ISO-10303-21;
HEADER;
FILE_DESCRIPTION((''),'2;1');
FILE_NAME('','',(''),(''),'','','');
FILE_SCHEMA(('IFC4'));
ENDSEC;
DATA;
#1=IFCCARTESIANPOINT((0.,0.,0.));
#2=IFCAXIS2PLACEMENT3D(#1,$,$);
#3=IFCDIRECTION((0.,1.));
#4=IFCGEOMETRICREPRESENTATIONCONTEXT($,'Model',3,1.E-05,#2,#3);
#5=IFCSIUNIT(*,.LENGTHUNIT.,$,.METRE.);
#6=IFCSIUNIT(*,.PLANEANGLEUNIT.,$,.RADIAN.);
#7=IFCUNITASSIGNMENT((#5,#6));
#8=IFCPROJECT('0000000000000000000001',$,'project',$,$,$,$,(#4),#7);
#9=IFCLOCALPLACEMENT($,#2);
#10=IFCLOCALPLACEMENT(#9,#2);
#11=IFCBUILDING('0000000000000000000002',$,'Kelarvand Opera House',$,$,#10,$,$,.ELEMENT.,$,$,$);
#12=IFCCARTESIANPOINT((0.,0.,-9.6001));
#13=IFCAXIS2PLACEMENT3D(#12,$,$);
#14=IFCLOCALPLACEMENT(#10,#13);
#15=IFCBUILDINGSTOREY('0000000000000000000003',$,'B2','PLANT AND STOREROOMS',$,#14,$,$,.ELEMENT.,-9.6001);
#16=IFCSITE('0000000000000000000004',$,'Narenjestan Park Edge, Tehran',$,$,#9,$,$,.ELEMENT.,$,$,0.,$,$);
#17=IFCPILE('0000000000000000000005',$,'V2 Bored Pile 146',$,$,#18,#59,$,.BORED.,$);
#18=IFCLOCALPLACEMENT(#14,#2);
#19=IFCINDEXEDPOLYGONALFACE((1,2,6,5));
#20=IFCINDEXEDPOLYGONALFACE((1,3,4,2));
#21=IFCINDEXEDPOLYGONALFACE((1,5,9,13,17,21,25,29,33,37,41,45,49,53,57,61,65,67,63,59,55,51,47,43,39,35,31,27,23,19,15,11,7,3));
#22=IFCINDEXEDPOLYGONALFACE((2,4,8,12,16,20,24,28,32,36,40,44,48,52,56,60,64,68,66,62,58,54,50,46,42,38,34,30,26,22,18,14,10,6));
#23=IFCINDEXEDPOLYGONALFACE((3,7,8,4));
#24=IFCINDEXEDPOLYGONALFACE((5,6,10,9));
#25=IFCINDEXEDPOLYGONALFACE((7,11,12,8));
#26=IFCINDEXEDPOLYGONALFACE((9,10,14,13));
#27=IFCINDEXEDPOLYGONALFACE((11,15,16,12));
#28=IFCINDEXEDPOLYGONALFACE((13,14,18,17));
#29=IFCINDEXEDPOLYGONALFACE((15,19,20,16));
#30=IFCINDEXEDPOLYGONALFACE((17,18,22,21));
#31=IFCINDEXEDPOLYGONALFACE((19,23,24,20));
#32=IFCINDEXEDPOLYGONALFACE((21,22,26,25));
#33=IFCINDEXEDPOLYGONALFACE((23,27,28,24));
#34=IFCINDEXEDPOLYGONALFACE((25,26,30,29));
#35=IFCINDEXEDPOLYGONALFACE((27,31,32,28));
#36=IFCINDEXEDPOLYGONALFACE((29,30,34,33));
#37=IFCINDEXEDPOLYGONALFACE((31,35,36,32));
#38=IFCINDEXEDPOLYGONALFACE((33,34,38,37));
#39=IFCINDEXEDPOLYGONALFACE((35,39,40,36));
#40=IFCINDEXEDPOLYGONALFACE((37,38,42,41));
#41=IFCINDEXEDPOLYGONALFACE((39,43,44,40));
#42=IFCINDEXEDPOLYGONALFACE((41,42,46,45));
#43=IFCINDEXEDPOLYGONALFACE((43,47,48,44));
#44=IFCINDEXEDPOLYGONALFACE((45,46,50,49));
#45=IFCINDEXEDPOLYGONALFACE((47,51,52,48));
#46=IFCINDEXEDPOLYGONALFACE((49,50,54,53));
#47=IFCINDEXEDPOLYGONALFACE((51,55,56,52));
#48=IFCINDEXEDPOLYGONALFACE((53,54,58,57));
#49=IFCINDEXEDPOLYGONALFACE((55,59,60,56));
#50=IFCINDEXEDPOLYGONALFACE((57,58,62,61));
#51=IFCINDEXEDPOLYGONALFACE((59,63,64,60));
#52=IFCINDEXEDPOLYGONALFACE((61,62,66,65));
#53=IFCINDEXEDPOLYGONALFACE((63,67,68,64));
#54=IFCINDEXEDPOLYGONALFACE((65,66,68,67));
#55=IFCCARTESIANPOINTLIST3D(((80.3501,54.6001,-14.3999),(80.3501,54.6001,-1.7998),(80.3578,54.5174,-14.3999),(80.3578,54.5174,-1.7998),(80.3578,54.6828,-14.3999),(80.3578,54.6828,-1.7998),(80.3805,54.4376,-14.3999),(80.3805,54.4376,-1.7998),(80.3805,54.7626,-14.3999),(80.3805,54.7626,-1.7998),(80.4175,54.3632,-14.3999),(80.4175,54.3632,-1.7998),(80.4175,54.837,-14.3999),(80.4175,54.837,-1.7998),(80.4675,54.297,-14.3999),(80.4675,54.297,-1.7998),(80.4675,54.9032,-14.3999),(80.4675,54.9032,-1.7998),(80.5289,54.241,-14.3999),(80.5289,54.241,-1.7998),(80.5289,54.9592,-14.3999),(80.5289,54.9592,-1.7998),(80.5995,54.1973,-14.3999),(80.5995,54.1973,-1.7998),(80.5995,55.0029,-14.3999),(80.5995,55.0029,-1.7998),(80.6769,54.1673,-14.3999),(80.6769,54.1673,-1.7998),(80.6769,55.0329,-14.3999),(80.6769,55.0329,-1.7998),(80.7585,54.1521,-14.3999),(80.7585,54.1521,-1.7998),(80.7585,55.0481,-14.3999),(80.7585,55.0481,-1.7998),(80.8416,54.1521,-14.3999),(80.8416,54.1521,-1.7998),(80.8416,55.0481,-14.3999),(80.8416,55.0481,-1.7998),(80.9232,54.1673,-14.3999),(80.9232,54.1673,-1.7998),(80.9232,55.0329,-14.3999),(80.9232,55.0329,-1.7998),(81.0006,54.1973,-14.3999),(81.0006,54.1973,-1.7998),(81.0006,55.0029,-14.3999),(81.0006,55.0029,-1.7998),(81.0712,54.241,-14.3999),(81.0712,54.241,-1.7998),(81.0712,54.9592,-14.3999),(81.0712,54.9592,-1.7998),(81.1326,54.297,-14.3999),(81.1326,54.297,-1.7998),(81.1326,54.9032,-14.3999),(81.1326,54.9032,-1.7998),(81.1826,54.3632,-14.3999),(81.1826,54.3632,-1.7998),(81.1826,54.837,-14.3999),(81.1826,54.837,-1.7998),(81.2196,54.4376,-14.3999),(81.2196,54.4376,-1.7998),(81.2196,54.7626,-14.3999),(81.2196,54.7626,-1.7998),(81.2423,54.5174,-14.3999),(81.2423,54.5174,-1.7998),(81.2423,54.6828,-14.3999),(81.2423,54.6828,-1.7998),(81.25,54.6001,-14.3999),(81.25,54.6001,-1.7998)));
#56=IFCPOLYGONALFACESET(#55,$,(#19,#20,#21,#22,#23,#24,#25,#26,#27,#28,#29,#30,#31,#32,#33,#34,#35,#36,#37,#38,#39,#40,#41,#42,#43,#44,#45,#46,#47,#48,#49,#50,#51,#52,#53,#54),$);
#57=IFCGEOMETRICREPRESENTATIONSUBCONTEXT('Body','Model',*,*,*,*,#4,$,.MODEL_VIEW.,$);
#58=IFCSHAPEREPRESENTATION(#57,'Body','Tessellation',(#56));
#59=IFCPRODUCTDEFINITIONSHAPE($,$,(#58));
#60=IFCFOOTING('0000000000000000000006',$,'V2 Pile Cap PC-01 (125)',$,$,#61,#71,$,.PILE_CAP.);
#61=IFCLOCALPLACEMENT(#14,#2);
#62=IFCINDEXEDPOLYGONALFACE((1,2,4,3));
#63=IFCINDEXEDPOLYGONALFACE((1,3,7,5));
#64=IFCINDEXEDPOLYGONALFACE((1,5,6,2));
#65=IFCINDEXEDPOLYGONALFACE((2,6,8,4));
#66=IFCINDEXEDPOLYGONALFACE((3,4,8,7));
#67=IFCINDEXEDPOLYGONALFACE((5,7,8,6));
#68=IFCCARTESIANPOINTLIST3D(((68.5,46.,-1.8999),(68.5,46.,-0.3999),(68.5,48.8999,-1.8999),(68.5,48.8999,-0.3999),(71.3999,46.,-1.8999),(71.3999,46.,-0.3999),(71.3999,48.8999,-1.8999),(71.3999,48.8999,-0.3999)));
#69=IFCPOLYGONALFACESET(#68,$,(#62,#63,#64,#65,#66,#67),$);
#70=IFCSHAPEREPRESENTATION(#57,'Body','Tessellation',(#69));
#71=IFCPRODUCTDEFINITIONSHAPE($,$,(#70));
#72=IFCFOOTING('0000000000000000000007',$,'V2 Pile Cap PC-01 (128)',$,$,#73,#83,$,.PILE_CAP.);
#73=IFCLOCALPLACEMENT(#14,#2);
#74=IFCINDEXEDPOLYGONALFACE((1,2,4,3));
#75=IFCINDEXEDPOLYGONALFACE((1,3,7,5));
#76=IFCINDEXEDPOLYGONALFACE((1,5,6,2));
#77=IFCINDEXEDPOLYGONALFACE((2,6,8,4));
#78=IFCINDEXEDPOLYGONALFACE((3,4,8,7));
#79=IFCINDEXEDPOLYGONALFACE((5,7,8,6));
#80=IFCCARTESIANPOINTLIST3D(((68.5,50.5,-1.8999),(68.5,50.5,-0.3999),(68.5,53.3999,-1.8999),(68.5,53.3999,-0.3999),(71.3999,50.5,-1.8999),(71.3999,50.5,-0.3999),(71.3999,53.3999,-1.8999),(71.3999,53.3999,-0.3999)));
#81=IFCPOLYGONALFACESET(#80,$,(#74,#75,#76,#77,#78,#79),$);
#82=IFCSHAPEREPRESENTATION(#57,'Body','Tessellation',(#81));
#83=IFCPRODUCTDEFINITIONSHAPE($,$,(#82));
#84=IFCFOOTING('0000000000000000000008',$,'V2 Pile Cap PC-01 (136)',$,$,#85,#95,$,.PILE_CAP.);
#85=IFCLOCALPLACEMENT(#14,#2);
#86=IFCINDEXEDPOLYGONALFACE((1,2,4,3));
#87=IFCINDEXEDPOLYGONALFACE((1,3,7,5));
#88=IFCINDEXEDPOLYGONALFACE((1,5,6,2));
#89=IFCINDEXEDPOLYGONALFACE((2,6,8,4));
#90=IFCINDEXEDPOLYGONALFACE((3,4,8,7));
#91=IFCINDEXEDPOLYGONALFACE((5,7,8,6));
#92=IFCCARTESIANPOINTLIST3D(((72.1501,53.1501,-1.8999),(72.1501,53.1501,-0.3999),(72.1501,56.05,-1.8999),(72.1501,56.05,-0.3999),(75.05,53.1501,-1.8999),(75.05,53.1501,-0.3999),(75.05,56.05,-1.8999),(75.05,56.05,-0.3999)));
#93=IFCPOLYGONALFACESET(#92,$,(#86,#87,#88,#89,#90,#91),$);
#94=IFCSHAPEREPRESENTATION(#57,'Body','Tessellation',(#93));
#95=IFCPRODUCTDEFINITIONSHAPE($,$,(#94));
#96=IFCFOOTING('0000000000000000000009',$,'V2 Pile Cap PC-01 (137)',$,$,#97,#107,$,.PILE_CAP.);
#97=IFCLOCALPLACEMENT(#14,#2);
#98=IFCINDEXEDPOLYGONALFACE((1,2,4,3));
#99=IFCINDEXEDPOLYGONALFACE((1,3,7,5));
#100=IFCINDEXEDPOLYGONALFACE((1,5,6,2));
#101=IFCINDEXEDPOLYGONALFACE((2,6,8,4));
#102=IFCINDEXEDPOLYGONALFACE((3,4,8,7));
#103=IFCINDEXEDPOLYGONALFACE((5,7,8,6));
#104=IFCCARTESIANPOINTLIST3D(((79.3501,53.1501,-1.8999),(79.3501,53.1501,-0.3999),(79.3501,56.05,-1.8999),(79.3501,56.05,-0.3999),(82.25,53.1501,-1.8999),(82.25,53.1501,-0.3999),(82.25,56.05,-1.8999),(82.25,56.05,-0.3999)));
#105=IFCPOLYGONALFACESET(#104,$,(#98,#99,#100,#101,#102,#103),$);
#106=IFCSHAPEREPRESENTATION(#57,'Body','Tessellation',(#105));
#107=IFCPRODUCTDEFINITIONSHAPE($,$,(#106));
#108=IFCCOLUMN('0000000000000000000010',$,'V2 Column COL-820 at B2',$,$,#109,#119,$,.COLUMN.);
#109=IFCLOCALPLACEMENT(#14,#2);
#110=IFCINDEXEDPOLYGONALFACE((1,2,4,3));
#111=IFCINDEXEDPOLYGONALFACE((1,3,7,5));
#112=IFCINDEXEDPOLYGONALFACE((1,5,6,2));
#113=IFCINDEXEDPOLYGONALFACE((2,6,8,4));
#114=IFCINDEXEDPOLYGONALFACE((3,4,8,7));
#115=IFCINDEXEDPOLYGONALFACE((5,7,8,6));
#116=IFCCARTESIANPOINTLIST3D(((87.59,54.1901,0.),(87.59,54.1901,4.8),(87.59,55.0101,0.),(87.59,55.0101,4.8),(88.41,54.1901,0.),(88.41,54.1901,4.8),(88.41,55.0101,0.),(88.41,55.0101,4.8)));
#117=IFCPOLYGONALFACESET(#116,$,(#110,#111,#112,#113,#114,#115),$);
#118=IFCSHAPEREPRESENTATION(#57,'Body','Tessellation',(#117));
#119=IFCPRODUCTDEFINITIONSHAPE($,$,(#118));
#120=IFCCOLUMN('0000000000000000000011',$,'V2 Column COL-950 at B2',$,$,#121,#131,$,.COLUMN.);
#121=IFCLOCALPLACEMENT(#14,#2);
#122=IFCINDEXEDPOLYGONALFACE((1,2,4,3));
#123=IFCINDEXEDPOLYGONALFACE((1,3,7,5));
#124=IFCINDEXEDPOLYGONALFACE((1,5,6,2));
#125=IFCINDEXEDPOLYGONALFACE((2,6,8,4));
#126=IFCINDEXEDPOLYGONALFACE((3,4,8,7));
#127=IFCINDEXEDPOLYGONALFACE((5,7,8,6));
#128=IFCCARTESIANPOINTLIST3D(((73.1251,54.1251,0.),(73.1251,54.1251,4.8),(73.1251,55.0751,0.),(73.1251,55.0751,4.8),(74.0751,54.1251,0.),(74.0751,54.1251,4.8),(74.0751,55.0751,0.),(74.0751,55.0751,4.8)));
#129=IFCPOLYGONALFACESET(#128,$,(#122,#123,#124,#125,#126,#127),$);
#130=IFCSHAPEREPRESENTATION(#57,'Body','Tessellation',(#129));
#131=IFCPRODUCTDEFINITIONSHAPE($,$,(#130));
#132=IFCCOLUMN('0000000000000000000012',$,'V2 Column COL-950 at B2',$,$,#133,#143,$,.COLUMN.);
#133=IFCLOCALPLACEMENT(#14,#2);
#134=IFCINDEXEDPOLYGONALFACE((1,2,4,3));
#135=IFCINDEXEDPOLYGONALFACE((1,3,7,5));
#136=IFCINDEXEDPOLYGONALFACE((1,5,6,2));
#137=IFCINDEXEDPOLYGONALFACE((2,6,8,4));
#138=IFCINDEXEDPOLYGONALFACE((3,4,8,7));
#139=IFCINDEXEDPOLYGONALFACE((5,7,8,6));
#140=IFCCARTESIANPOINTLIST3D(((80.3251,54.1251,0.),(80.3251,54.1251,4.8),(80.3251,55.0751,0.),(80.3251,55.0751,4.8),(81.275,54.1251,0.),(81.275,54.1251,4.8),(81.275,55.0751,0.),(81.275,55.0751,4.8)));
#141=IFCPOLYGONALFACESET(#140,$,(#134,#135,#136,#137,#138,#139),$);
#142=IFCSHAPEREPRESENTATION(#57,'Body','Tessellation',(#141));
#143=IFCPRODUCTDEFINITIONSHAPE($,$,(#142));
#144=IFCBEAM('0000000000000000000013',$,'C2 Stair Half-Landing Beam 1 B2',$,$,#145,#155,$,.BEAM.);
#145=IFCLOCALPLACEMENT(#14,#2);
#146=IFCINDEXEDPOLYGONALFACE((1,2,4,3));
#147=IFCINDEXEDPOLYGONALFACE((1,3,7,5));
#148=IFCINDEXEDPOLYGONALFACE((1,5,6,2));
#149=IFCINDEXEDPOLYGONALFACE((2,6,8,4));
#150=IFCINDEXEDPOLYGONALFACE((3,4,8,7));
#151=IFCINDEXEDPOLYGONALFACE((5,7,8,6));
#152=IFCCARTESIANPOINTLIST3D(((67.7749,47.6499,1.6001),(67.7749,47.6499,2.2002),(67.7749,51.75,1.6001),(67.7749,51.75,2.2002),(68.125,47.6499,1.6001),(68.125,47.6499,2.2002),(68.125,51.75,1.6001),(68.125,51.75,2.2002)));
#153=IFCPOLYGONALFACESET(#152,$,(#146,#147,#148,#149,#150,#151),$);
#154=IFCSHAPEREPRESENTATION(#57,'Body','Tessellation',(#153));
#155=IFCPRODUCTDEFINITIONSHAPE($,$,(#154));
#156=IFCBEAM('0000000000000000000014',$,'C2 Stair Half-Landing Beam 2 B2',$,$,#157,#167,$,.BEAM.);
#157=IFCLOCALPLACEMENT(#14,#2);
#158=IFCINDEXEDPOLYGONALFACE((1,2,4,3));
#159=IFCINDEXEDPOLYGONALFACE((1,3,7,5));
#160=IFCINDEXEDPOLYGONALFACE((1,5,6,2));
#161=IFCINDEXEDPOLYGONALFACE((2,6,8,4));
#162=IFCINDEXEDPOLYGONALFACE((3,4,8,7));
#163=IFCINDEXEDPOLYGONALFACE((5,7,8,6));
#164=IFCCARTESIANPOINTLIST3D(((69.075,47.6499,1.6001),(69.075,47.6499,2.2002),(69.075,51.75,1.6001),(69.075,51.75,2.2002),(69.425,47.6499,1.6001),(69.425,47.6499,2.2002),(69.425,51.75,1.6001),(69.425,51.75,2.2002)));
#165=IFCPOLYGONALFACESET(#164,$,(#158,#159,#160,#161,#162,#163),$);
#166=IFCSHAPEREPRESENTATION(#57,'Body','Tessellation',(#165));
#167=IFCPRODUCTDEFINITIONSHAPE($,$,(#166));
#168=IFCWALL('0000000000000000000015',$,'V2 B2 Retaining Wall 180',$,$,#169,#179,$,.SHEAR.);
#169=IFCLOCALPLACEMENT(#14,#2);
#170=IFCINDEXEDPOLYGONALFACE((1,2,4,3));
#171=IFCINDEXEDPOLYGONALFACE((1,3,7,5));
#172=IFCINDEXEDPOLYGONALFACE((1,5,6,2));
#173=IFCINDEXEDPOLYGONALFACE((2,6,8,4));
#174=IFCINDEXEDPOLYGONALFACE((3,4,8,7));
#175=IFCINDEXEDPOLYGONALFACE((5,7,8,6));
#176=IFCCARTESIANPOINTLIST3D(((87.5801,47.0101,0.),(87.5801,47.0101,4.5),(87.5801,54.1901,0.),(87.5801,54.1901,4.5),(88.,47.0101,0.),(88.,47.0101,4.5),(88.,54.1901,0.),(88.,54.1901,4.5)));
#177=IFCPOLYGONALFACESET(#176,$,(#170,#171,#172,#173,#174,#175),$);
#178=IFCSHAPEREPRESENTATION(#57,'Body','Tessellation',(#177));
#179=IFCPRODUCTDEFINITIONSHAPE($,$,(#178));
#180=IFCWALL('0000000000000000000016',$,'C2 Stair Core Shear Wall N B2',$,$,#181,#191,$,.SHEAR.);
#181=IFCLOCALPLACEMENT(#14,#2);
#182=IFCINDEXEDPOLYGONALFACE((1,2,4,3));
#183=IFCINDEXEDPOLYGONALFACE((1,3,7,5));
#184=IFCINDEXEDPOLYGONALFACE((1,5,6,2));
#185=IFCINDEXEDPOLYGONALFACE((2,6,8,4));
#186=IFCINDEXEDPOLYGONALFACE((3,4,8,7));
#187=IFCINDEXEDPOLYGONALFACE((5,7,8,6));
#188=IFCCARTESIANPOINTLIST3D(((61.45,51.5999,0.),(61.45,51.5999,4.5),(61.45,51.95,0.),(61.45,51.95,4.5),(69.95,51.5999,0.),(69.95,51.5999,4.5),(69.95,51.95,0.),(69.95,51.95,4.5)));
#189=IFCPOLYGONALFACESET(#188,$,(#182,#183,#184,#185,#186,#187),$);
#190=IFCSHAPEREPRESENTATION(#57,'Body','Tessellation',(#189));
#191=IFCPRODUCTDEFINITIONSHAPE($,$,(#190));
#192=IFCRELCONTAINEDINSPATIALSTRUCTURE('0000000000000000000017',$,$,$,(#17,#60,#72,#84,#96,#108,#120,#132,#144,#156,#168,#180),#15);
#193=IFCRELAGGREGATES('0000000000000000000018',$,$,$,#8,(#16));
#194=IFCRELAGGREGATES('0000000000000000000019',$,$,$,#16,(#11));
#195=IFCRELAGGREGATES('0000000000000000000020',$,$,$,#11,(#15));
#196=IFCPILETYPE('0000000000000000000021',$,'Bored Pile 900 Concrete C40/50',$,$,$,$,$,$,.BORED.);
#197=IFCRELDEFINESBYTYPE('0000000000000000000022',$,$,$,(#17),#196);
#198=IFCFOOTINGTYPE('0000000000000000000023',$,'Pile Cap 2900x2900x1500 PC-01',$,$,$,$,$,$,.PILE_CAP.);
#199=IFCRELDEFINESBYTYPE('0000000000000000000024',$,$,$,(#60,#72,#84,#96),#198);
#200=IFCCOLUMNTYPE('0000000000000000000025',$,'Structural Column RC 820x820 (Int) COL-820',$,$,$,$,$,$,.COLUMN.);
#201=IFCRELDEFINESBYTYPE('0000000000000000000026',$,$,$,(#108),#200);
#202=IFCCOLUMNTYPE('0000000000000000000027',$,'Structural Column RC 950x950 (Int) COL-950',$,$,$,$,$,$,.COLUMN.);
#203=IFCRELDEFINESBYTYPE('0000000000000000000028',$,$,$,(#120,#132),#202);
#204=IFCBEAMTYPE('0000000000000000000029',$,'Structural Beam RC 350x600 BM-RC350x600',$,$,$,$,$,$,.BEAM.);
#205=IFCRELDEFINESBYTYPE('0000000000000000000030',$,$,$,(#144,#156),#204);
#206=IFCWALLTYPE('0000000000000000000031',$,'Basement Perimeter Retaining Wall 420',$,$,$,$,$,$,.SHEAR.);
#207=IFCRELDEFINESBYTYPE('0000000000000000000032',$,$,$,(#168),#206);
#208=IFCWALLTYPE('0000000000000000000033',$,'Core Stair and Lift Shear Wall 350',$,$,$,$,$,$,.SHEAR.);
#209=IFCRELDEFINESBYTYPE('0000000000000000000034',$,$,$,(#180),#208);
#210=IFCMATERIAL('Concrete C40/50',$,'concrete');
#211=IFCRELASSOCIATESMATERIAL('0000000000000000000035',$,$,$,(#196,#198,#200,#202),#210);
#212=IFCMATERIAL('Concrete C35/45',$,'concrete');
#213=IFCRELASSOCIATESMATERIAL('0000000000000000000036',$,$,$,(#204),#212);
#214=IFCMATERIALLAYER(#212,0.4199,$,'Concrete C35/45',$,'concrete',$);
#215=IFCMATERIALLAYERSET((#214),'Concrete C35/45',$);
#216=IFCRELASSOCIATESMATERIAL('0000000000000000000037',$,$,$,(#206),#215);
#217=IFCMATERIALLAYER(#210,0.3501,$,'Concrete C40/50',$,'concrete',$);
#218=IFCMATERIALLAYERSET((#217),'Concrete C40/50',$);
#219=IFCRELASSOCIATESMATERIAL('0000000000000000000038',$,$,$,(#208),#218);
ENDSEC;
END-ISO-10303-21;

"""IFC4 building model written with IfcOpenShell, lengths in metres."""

from ifc_helpers import new_model, si_unit, direction, frame, frame_2d, origin, origin_2d, place, context, subcontext, project, spatial, rectangle, circle, extrude, material, layer, layer_set, material_profile, profile_set, type_object, element, save


model = new_model("IFC4")

# Units and contexts
model_context = context("Model", 3, precision=1e-05, world=origin(), true_north=direction((0.0, 1.0)))
body_context = subcontext(model_context, "Body", "Model", "MODEL_VIEW")
ifc_project = project(units=[si_unit("LENGTHUNIT", "METRE"), si_unit("PLANEANGLEUNIT", "RADIAN")], contexts=[model_context])

# Site, building, storey
site_placement = place(None, origin())
site = spatial("IfcSite", under=ifc_project, at=site_placement, Name="Narenjestan Park Edge, Tehran", CompositionType="ELEMENT", RefElevation=0.0)
building_placement = place(site_placement, origin())
building = spatial("IfcBuilding", under=site, at=building_placement, Name="Kelarvand Opera House", CompositionType="ELEMENT")
storey_placement = place(building_placement, frame((0.0, 0.0, -9.6001)))
storey = spatial("IfcBuildingStorey", under=building, at=storey_placement, Name="B2", Description="PLANT AND STOREROOMS", CompositionType="ELEMENT", Elevation=-9.6001)

# Pile
ifc_material_1 = material(Name="Concrete C40/50", Category="concrete")
ifc_material_profile_1 = material_profile(ifc_material_1, circle(Radius=0.45, at=origin_2d()), Name="BP 900", Category="concrete")
ifc_profile_set_1 = profile_set([ifc_material_profile_1], Name="Concrete C40/50")
pile_type_1 = type_object("IfcPileType", Name="Bored Pile 900 Concrete C40/50", PredefinedType="BORED", material=ifc_profile_set_1)
for number, where, z_axis, x_axis, name in (
    (1, (80.8, 54.6001, -1.7998), (0.0, 0.0, -1.0), (1.0, 0.0, 0.0), "V2 Bored Pile 146"),
):
    element("IfcPile", number, at=place(storey_placement, frame(where, z_axis=z_axis, x_axis=x_axis)), inside=storey, type_object=pile_type_1, Name=name, PredefinedType="BORED", context=body_context, shape_type="SweptSolid", body=[
        extrude(circle(Radius=0.45, at=origin_2d()), origin(), (0.0, 0.0, 1.0), 12.6001),
    ])

# Footings
footing_type = type_object("IfcFootingType", Name="Pile Cap 2900x2900x1500 PC-01", PredefinedType="PILE_CAP", material=ifc_material_1)
for number, where, z_axis, x_axis, name in (
    (2, (69.95, 47.45, -1.8999), (0.0, 0.0, 1.0), (1.0, 0.0, 0.0), "V2 Pile Cap PC-01 (125)"),
    (3, (69.95, 51.95, -1.8999), (0.0, 0.0, 1.0), (1.0, 0.0, 0.0), "V2 Pile Cap PC-01 (128)"),
    (4, (73.6001, 54.6001, -1.8999), (0.0, 0.0, 1.0), (1.0, 0.0, 0.0), "V2 Pile Cap PC-01 (136)"),
    (5, (80.8, 54.6001, -1.8999), (0.0, 0.0, 1.0), (1.0, 0.0, 0.0), "V2 Pile Cap PC-01 (137)"),
):
    element("IfcFooting", number, at=place(storey_placement, frame(where, z_axis=z_axis, x_axis=x_axis)), inside=storey, type_object=footing_type, Name=name, PredefinedType="PILE_CAP", context=body_context, shape_type="SweptSolid", body=[
        extrude(rectangle(XDim=2.8999, YDim=2.8999, at=origin_2d()), origin(), (0.0, 0.0, 1.0), 1.5),
    ])

# Columns
ifc_material_profile_2 = material_profile(ifc_material_1, rectangle(XDim=0.8201, YDim=0.8201, at=origin_2d()), Name="RC 820x820", Category="concrete")
ifc_profile_set_2 = profile_set([ifc_material_profile_2], Name="Concrete C40/50")
column_type_1 = type_object("IfcColumnType", Name="Structural Column RC 820x820 (Int) COL-820", PredefinedType="COLUMN", material=ifc_profile_set_2)
column_placement = place(storey_placement, frame((88.0, 54.6001, 0.0), z_axis=(0.0, 0.0, 1.0), x_axis=(1.0, 0.0, 0.0)))
element("IfcColumn", 6, at=column_placement, inside=storey, type_object=column_type_1, Name="V2 Column COL-820 at B2", PredefinedType="COLUMN", context=body_context, shape_type="SweptSolid", body=[
    extrude(rectangle(XDim=0.8201, YDim=0.8201, at=origin_2d()), origin(), (0.0, 0.0, 1.0), 4.8),
])
ifc_material_profile_3 = material_profile(ifc_material_1, rectangle(XDim=0.95, YDim=0.95, at=origin_2d()), Name="RC 950x950", Category="concrete")
ifc_profile_set_3 = profile_set([ifc_material_profile_3], Name="Concrete C40/50")
column_type_2 = type_object("IfcColumnType", Name="Structural Column RC 950x950 (Int) COL-950", PredefinedType="COLUMN", material=ifc_profile_set_3)
for number, where, z_axis, x_axis, name in (
    (7, (73.6001, 54.6001, 0.0), (0.0, 0.0, 1.0), (1.0, 0.0, 0.0), "V2 Column COL-950 at B2"),
    (8, (80.8, 54.6001, 0.0), (0.0, 0.0, 1.0), (1.0, 0.0, 0.0), "V2 Column COL-950 at B2"),
):
    element("IfcColumn", number, at=place(storey_placement, frame(where, z_axis=z_axis, x_axis=x_axis)), inside=storey, type_object=column_type_2, Name=name, PredefinedType="COLUMN", context=body_context, shape_type="SweptSolid", body=[
        extrude(rectangle(XDim=0.95, YDim=0.95, at=origin_2d()), origin(), (0.0, 0.0, 1.0), 4.8),
    ])

# Beams
ifc_material_2 = material(Name="Concrete C35/45", Category="concrete")
ifc_material_profile_4 = material_profile(ifc_material_2, rectangle(XDim=0.3501, YDim=0.6001, at=origin_2d()), Name="RC 350x600", Category="concrete")
ifc_profile_set_4 = profile_set([ifc_material_profile_4], Name="Concrete C35/45")
beam_type = type_object("IfcBeamType", Name="Structural Beam RC 350x600 BM-RC350x600", PredefinedType="BEAM", material=ifc_profile_set_4)
for number, where, z_axis, x_axis, name in (
    (9, (67.95, 47.6499, 1.9001), (0.0, 1.0, 0.0), (-1.0, 0.0, 0.0), "C2 Stair Half-Landing Beam 1 B2"),
    (10, (69.25, 47.6499, 1.9001), (0.0, 1.0, 0.0), (-1.0, 0.0, 0.0), "C2 Stair Half-Landing Beam 2 B2"),
):
    element("IfcBeam", number, at=place(storey_placement, frame(where, z_axis=z_axis, x_axis=x_axis)), inside=storey, type_object=beam_type, Name=name, PredefinedType="BEAM", context=body_context, shape_type="SweptSolid", body=[
        extrude(rectangle(XDim=0.3501, YDim=0.6001, at=origin_2d()), origin(), (0.0, 0.0, 1.0), 4.1001),
    ])

# Walls
ifc_layer_1 = layer(ifc_material_2, 0.4199, Name="Concrete C35/45", Category="concrete")
ifc_layer_set_1 = layer_set([ifc_layer_1], Name="Concrete C35/45")
wall_type_1 = type_object("IfcWallType", Name="Basement Perimeter Retaining Wall 420", PredefinedType="SHEAR", material=ifc_layer_set_1)
wall_1_placement = place(storey_placement, frame((87.79, 54.1899, 0.0), z_axis=(0.0, 0.0, 1.0), x_axis=(0.0, -1.0, 0.0)))
element("IfcWall", 11, at=wall_1_placement, inside=storey, type_object=wall_type_1, Name="V2 B2 Retaining Wall 180", PredefinedType="SHEAR", context=body_context, shape_type="SweptSolid", body=[
    extrude(rectangle(XDim=7.1799, YDim=0.4199, at=frame_2d((3.5898, 0.0))), origin(), (0.0, 0.0, 1.0), 4.5),
])
ifc_layer_2 = layer(ifc_material_1, 0.3501, Name="Concrete C40/50", Category="concrete")
ifc_layer_set_2 = layer_set([ifc_layer_2], Name="Concrete C40/50")
wall_type_2 = type_object("IfcWallType", Name="Core Stair and Lift Shear Wall 350", PredefinedType="SHEAR", material=ifc_layer_set_2)
wall_2_placement = place(storey_placement, frame((69.95, 51.7749, 0.0), z_axis=(0.0, 0.0, 1.0), x_axis=(-1.0, 0.0, 0.0)))
element("IfcWall", 12, at=wall_2_placement, inside=storey, type_object=wall_type_2, Name="C2 Stair Core Shear Wall N B2", PredefinedType="SHEAR", context=body_context, shape_type="SweptSolid", body=[
    extrude(rectangle(XDim=8.5, YDim=0.3501, at=frame_2d((4.25, 0.0))), origin(), (0.0, 0.0, 1.0), 4.5),
])

save(model, "model.ifc")
